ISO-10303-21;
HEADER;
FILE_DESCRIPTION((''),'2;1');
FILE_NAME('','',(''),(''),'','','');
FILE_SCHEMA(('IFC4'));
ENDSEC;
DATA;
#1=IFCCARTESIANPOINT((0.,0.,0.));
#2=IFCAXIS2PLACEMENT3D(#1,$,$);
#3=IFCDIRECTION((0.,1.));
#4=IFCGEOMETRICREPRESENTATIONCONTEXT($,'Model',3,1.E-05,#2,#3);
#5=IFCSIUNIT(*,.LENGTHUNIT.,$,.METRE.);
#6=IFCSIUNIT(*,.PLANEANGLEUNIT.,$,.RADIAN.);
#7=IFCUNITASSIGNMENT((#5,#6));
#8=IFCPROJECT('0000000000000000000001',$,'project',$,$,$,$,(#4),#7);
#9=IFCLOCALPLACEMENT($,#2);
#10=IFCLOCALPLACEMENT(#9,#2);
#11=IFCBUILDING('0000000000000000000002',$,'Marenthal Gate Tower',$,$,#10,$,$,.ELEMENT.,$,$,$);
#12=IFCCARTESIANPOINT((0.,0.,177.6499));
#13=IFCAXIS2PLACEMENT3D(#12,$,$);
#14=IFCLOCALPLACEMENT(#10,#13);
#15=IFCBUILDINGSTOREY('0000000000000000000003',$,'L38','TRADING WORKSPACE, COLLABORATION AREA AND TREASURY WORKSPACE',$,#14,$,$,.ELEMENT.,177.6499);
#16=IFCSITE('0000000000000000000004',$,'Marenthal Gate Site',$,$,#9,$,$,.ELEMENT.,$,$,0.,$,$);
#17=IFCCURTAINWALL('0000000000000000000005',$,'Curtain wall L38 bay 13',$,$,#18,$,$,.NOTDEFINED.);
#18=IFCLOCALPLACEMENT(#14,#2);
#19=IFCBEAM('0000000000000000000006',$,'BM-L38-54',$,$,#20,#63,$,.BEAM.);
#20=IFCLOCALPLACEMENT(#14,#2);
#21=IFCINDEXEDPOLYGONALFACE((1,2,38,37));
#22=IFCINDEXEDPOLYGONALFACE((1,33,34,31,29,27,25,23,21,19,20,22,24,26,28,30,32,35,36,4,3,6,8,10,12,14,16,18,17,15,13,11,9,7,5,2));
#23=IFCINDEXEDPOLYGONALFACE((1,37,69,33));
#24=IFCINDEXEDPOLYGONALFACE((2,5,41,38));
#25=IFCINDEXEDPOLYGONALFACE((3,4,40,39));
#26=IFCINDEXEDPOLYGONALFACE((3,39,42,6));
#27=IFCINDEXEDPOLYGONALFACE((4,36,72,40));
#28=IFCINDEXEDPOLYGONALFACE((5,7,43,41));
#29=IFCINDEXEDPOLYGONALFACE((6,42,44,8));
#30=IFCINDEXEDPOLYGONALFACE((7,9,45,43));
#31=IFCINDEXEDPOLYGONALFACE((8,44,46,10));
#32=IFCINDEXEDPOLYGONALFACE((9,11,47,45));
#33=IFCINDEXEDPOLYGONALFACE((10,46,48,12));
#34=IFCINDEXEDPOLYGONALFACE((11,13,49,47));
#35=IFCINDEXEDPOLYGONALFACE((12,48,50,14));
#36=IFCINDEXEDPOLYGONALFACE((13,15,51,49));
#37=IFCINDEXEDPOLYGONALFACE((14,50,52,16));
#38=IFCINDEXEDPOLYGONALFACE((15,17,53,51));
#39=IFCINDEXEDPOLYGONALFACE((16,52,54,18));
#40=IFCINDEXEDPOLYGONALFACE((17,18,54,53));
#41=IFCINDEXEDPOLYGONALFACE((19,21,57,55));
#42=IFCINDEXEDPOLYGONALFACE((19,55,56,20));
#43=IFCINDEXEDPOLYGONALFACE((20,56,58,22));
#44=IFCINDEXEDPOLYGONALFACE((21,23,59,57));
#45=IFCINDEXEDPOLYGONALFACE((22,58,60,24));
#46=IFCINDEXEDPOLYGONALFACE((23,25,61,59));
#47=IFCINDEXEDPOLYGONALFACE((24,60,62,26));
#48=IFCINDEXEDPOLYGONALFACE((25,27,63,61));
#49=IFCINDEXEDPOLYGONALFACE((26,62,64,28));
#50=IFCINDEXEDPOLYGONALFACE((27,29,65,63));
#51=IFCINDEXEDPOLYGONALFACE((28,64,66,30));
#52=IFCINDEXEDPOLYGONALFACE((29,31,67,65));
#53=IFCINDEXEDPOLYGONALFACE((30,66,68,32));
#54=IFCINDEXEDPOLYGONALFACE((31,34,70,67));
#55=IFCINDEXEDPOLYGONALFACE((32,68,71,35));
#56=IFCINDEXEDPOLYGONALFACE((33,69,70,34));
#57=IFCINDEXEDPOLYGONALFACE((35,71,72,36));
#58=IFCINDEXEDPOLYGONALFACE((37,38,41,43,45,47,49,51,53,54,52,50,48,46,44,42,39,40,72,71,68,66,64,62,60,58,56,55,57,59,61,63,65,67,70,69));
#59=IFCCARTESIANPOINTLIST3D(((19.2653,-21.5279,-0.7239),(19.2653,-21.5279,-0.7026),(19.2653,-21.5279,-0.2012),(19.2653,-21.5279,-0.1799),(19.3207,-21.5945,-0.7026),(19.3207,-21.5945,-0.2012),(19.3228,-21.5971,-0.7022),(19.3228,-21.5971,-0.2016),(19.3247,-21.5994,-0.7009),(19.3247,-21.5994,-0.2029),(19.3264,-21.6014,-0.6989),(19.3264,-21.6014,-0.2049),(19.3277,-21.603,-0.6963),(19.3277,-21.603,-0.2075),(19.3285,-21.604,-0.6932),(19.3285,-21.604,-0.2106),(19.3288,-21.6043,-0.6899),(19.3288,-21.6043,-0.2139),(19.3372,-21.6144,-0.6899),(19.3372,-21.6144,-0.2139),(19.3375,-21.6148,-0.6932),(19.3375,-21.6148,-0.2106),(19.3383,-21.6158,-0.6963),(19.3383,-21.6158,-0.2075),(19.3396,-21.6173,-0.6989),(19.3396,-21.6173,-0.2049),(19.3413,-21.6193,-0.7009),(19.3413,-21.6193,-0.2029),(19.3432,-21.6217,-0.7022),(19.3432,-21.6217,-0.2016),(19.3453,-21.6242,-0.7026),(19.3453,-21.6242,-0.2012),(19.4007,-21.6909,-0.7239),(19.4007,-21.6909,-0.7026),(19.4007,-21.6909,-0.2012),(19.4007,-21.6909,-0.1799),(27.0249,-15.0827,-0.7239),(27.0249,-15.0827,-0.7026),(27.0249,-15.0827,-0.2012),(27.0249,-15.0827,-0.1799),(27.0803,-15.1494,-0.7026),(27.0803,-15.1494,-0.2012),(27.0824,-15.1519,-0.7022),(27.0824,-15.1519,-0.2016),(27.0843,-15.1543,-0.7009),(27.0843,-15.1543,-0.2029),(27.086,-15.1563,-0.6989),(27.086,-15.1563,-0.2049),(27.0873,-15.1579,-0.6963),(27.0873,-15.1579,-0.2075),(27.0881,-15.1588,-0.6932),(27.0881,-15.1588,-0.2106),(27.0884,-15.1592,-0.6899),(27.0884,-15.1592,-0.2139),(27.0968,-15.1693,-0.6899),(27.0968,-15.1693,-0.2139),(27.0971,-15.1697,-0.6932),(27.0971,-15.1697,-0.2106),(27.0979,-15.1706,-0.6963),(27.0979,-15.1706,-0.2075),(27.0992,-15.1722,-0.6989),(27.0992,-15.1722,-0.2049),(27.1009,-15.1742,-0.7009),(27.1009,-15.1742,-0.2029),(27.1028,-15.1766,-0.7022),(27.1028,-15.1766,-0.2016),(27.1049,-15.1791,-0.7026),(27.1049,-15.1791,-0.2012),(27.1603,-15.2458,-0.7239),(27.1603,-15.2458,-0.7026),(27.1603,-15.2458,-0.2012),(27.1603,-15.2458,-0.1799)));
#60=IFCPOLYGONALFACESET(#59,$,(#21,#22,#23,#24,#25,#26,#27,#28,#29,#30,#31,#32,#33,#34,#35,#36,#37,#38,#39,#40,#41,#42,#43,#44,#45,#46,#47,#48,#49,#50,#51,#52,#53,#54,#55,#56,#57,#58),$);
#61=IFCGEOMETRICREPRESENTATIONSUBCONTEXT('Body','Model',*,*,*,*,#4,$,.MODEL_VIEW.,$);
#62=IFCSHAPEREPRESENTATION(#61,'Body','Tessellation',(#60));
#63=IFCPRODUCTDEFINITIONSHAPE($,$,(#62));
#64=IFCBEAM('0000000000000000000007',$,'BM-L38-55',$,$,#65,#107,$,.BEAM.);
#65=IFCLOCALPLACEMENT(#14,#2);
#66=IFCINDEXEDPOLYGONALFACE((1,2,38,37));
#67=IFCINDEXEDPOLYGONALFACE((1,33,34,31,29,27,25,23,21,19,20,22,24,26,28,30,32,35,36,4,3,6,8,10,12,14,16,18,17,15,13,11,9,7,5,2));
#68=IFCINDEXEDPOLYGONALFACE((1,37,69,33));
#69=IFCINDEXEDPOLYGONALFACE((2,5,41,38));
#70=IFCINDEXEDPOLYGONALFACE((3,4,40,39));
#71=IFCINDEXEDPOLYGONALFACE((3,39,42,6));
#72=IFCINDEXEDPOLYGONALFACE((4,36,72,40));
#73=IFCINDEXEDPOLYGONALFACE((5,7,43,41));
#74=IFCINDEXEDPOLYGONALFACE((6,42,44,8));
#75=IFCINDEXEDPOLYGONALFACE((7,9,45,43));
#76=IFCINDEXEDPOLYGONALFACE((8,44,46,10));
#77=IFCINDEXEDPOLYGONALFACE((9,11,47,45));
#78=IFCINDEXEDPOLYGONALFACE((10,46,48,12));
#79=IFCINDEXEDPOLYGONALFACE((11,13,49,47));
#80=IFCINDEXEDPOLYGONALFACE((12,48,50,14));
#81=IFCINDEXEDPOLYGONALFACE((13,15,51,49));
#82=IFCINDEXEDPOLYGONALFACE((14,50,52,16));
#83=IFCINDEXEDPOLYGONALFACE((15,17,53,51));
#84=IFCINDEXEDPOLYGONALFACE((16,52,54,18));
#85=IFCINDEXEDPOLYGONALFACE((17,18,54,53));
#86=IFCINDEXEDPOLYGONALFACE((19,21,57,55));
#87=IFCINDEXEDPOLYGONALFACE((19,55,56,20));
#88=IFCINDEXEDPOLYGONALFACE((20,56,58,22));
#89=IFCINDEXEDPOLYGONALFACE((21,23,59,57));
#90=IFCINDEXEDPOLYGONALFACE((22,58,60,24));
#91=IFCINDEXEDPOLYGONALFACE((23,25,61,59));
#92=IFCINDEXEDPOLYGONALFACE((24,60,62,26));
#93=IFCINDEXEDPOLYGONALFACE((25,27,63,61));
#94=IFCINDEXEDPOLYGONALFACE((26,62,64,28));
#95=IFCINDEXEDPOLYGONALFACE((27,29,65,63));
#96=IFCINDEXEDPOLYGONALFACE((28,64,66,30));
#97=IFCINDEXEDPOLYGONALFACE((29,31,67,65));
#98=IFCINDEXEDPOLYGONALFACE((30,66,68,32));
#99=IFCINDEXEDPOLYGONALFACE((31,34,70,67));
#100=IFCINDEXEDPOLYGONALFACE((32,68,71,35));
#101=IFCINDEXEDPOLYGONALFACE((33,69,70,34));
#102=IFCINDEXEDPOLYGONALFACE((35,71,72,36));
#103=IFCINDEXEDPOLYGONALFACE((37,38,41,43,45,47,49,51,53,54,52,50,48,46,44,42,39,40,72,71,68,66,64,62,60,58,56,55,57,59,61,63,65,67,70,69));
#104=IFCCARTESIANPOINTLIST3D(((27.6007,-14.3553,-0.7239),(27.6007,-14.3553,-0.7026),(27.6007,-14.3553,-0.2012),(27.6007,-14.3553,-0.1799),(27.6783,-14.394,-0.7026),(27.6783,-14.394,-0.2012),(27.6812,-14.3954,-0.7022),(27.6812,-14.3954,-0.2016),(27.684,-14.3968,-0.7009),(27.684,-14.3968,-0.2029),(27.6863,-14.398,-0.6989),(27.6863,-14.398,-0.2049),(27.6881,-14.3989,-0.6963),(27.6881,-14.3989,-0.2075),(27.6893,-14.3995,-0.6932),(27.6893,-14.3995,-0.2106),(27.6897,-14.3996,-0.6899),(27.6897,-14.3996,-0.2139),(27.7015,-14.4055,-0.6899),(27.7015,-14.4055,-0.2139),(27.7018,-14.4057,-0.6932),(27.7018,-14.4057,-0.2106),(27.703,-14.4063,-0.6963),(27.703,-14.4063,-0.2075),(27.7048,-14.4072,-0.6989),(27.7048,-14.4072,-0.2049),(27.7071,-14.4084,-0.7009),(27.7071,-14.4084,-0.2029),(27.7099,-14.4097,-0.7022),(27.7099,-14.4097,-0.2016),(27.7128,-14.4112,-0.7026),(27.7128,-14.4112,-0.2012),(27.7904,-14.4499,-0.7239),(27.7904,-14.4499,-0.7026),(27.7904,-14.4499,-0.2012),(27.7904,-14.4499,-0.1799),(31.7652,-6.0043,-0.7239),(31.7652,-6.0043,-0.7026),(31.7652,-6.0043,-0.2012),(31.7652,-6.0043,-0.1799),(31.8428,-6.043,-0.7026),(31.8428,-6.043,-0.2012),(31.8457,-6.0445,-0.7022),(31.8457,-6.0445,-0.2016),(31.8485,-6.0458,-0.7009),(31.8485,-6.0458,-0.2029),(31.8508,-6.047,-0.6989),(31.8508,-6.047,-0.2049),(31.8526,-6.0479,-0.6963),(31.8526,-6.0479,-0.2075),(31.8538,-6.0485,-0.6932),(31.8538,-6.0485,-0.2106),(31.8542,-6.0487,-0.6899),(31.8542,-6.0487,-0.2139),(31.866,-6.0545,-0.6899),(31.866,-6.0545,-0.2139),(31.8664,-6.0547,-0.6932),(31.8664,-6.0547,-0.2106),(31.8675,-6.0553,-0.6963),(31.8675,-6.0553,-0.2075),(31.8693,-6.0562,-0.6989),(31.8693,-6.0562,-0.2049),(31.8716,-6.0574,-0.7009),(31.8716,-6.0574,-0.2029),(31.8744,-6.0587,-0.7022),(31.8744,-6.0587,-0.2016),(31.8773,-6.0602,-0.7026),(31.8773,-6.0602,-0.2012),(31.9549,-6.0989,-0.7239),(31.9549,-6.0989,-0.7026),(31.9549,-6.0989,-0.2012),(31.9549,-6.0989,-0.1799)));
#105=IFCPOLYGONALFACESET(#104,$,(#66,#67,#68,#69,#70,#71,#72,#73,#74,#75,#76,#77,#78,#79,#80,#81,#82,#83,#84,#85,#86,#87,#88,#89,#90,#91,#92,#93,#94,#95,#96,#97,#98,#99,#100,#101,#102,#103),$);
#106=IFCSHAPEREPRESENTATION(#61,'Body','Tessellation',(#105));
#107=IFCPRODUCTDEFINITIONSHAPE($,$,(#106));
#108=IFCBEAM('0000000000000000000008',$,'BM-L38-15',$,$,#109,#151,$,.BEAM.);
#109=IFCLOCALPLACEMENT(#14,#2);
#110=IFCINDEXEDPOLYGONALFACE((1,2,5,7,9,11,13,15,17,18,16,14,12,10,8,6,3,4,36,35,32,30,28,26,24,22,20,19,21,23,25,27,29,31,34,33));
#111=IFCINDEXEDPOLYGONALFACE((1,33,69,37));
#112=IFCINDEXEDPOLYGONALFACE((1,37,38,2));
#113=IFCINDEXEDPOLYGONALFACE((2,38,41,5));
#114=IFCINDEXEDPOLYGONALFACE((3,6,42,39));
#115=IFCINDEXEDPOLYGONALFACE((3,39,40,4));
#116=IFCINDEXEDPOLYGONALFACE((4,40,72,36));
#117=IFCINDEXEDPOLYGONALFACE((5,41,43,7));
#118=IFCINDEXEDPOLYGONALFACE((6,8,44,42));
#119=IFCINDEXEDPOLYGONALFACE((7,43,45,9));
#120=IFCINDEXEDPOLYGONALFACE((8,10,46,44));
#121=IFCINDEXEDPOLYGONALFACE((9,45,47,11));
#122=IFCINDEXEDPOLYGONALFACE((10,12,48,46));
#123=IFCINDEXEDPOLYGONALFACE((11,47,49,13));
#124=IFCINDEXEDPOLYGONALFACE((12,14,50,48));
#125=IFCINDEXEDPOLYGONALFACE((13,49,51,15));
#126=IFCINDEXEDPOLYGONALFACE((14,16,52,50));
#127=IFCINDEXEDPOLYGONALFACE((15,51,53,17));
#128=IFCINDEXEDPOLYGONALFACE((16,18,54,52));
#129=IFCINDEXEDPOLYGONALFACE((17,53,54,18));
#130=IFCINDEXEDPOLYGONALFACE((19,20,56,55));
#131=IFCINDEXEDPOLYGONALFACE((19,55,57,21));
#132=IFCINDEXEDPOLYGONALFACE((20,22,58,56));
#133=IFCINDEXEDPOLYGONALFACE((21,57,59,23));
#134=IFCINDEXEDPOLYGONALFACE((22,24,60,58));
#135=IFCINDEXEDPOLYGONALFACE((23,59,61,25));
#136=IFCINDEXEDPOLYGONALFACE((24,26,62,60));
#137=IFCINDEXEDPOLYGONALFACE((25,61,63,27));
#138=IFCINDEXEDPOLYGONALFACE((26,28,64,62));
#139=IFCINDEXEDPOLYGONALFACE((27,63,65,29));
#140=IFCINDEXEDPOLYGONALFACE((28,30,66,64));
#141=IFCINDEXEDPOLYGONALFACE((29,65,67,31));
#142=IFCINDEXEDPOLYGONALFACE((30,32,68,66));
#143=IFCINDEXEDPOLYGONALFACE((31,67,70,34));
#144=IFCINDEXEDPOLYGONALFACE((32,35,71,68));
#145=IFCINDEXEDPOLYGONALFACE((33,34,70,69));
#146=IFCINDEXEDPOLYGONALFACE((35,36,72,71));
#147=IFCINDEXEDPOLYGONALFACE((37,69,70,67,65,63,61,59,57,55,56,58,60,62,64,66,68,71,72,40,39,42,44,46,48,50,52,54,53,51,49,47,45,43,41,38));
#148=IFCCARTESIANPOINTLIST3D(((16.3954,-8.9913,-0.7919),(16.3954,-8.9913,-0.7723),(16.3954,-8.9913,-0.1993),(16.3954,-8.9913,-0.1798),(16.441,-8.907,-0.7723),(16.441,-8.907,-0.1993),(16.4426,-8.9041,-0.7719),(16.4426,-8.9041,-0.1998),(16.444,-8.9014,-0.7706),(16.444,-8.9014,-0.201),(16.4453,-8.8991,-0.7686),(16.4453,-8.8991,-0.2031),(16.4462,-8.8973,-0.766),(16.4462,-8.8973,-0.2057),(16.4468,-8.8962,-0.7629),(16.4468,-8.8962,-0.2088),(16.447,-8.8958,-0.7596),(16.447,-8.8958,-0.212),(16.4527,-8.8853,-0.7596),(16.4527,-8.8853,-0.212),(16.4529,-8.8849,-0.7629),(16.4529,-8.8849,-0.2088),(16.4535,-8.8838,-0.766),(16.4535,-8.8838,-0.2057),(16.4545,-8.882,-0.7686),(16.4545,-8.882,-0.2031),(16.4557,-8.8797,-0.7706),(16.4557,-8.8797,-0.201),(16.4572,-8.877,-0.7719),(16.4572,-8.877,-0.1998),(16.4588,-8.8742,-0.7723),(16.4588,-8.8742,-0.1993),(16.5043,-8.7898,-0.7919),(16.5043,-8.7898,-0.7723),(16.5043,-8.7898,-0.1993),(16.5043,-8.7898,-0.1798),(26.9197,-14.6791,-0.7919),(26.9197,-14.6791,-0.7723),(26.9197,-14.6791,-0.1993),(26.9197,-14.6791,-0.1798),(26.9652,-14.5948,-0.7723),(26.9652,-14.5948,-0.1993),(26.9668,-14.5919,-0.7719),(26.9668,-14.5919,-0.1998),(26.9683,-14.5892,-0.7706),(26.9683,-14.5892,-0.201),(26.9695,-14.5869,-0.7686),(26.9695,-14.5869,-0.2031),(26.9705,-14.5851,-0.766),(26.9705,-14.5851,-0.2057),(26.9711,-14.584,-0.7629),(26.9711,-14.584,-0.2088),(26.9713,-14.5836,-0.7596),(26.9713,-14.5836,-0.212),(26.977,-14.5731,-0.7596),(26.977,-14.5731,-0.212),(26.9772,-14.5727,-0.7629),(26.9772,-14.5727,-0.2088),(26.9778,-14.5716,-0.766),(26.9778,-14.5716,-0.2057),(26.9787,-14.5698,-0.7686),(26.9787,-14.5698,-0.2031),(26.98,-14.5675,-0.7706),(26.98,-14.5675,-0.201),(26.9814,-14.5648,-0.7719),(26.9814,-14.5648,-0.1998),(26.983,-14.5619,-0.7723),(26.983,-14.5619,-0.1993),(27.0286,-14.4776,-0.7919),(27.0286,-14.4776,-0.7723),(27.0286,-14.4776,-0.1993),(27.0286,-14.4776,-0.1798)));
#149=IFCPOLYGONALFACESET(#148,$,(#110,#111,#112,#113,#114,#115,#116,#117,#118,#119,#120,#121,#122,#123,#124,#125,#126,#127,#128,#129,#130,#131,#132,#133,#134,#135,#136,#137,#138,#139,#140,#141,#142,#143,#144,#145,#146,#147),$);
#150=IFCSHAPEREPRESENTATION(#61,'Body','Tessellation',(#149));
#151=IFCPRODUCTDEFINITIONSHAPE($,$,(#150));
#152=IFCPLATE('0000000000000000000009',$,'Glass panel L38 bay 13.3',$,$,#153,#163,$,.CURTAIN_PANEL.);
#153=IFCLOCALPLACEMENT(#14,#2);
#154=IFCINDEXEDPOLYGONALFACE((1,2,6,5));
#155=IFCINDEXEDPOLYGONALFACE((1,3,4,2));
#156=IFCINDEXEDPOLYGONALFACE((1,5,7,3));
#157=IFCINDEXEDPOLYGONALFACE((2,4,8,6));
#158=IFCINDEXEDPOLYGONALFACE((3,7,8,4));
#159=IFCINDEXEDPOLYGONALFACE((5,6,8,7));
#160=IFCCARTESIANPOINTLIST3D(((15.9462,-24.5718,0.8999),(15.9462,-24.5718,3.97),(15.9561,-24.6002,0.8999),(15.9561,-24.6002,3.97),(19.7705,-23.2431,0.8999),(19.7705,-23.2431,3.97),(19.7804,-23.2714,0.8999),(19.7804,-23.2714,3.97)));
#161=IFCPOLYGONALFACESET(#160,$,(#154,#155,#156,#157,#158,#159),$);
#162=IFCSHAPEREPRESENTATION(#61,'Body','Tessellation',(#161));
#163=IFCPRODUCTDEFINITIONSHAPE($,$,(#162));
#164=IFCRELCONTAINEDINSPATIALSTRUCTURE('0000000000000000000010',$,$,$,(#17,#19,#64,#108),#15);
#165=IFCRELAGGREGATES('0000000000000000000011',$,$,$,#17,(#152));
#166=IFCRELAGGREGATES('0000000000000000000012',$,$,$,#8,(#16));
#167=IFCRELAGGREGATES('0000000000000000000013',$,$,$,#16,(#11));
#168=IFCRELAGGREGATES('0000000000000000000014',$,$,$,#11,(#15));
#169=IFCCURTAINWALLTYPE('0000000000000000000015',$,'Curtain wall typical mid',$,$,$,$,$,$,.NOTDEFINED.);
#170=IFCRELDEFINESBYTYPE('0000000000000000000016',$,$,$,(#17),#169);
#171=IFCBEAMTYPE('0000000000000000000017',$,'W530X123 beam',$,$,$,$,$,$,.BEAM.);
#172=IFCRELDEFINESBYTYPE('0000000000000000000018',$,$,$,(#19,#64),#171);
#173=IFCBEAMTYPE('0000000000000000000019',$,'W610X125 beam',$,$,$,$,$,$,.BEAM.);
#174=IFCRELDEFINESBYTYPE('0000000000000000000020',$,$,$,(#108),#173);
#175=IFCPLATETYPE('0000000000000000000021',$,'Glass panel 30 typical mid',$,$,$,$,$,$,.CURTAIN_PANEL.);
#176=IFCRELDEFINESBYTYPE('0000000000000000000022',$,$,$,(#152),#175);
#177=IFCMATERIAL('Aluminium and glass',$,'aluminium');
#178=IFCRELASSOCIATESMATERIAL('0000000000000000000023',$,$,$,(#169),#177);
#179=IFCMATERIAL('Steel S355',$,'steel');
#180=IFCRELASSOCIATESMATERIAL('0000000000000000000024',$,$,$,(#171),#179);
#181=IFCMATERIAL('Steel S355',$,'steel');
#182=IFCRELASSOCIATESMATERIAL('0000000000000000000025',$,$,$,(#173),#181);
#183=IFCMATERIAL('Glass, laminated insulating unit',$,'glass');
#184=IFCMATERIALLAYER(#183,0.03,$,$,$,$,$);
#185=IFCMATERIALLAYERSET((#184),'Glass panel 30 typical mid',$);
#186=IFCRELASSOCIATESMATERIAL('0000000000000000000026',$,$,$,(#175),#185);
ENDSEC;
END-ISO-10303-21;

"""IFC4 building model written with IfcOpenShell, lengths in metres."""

from ifc_helpers import new_model, si_unit, direction, frame, origin, origin_2d, place, context, subcontext, project, spatial, rectangle, i_section, extrude, material, layer, layer_set, material_profile, profile_set, type_object, element, aggregate, save


model = new_model("IFC4")

# Units and contexts
model_context = context("Model", 3, precision=1e-05, world=origin(), true_north=direction((0.0, 1.0)))
body_context = subcontext(model_context, "Body", "Model", "MODEL_VIEW")
ifc_project = project(units=[si_unit("LENGTHUNIT", "METRE"), si_unit("PLANEANGLEUNIT", "RADIAN")], contexts=[model_context])

# Site, building, storey
site_placement = place(None, origin())
site = spatial("IfcSite", under=ifc_project, at=site_placement, Name="Marenthal Gate Site", CompositionType="ELEMENT", RefElevation=0.0)
building_placement = place(site_placement, origin())
building = spatial("IfcBuilding", under=site, at=building_placement, Name="Marenthal Gate Tower", CompositionType="ELEMENT")
storey_placement = place(building_placement, frame((0.0, 0.0, 177.6499)))
storey = spatial("IfcBuildingStorey", under=building, at=storey_placement, Name="L38", Description="TRADING WORKSPACE, COLLABORATION AREA AND TREASURY WORKSPACE", CompositionType="ELEMENT", Elevation=177.6499)

# Curtain wall
ifc_material_1 = material(Name="Aluminium and glass", Category="aluminium")
curtain_wall_type = type_object("IfcCurtainWallType", Name="Curtain wall typical mid", PredefinedType="NOTDEFINED", material=ifc_material_1)
curtain_wall_1_placement = place(storey_placement, origin())
curtain_wall_1 = element("IfcCurtainWall", 1, at=curtain_wall_1_placement, inside=storey, type_object=curtain_wall_type, Name="Curtain wall L38 bay 13", PredefinedType="NOTDEFINED")

# Beams
ifc_material_2 = material(Name="Steel S355", Category="steel")
ifc_material_profile_1 = material_profile(ifc_material_2, i_section(OverallWidth=0.2119, OverallDepth=0.5439, WebThickness=0.0132, FlangeThickness=0.0212, FilletRadius=0.0127, at=origin_2d()), Name="W530X123")
ifc_profile_set_1 = profile_set([ifc_material_profile_1], Name="Steel S355")
beam_type_1 = type_object("IfcBeamType", Name="W530X123 beam", PredefinedType="BEAM", material=ifc_profile_set_1)
beam_1_placement = place(storey_placement, frame((19.333, -21.6094, -0.4519), z_axis=(0.769254, 0.638943, 0.0), x_axis=(-0.638943, 0.769254, 0.0)))
element("IfcBeam", 2, at=beam_1_placement, inside=storey, type_object=beam_type_1, Name="BM-L38-54", PredefinedType="BEAM", context=body_context, shape_type="SweptSolid", body=[
    extrude(i_section(OverallWidth=0.2119, OverallDepth=0.5439, WebThickness=0.0132, FlangeThickness=0.0212, FilletRadius=0.0127, at=origin_2d()), origin(), (0.0, 0.0, 1.0), 10.0872),
])
beam_2_placement = place(storey_placement, frame((27.6956, -14.4026, -0.4519), z_axis=(0.446272, 0.894898, 0.0), x_axis=(-0.894898, 0.446272, 0.0)))
element("IfcBeam", 3, at=beam_2_placement, inside=storey, type_object=beam_type_1, Name="BM-L38-55", PredefinedType="BEAM", context=body_context, shape_type="SweptSolid", body=[
    extrude(i_section(OverallWidth=0.2119, OverallDepth=0.5439, WebThickness=0.0132, FlangeThickness=0.0212, FilletRadius=0.0127, at=origin_2d()), origin(), (0.0, 0.0, 1.0), 9.3318),
])
ifc_material_3 = material(Name="Steel S355", Category="steel")
ifc_material_profile_2 = material_profile(ifc_material_3, i_section(OverallWidth=0.229, OverallDepth=0.6121, WebThickness=0.012, FlangeThickness=0.0195, FilletRadius=0.0127, at=origin_2d()), Name="W610X125")
ifc_profile_set_2 = profile_set([ifc_material_profile_2], Name="Steel S355")
beam_type_2 = type_object("IfcBeamType", Name="W610X125 beam", PredefinedType="BEAM", material=ifc_profile_set_2)
beam_3_placement = place(storey_placement, frame((26.9741, -14.5784, -0.4858), z_axis=(-0.879741, 0.475453, 0.0), x_axis=(-0.475453, -0.879741, 0.0)))
element("IfcBeam", 4, at=beam_3_placement, inside=storey, type_object=beam_type_2, Name="BM-L38-15", PredefinedType="BEAM", context=body_context, shape_type="SweptSolid", body=[
    extrude(i_section(OverallWidth=0.229, OverallDepth=0.6121, WebThickness=0.012, FlangeThickness=0.0195, FilletRadius=0.0127, at=origin_2d()), origin(), (0.0, 0.0, 1.0), 11.9629),
])

# Plate
ifc_material_4 = material(Name="Glass, laminated insulating unit", Category="glass")
ifc_layer_1 = layer(ifc_material_4, 0.03)
ifc_layer_set_1 = layer_set([ifc_layer_1], Name="Glass panel 30 typical mid")
plate_type = type_object("IfcPlateType", Name="Glass panel 30 typical mid", PredefinedType="CURTAIN_PANEL", material=ifc_layer_set_1)
plate_placement = place(storey_placement, frame((17.8633, -23.9216, 0.8999), z_axis=(0.0, 0.0, 1.0), x_axis=(0.944604, 0.328211, 0.0)))
plate = element("IfcPlate", 5, at=plate_placement, type_object=plate_type, Name="Glass panel L38 bay 13.3", PredefinedType="CURTAIN_PANEL", context=body_context, shape_type="SweptSolid", body=[
    extrude(rectangle(XDim=4.0486, YDim=0.03, at=origin_2d()), origin(), (0.0, 0.0, 1.0), 3.0701),
])
aggregate(curtain_wall_1, [plate])

save(model, "model.ifc")
